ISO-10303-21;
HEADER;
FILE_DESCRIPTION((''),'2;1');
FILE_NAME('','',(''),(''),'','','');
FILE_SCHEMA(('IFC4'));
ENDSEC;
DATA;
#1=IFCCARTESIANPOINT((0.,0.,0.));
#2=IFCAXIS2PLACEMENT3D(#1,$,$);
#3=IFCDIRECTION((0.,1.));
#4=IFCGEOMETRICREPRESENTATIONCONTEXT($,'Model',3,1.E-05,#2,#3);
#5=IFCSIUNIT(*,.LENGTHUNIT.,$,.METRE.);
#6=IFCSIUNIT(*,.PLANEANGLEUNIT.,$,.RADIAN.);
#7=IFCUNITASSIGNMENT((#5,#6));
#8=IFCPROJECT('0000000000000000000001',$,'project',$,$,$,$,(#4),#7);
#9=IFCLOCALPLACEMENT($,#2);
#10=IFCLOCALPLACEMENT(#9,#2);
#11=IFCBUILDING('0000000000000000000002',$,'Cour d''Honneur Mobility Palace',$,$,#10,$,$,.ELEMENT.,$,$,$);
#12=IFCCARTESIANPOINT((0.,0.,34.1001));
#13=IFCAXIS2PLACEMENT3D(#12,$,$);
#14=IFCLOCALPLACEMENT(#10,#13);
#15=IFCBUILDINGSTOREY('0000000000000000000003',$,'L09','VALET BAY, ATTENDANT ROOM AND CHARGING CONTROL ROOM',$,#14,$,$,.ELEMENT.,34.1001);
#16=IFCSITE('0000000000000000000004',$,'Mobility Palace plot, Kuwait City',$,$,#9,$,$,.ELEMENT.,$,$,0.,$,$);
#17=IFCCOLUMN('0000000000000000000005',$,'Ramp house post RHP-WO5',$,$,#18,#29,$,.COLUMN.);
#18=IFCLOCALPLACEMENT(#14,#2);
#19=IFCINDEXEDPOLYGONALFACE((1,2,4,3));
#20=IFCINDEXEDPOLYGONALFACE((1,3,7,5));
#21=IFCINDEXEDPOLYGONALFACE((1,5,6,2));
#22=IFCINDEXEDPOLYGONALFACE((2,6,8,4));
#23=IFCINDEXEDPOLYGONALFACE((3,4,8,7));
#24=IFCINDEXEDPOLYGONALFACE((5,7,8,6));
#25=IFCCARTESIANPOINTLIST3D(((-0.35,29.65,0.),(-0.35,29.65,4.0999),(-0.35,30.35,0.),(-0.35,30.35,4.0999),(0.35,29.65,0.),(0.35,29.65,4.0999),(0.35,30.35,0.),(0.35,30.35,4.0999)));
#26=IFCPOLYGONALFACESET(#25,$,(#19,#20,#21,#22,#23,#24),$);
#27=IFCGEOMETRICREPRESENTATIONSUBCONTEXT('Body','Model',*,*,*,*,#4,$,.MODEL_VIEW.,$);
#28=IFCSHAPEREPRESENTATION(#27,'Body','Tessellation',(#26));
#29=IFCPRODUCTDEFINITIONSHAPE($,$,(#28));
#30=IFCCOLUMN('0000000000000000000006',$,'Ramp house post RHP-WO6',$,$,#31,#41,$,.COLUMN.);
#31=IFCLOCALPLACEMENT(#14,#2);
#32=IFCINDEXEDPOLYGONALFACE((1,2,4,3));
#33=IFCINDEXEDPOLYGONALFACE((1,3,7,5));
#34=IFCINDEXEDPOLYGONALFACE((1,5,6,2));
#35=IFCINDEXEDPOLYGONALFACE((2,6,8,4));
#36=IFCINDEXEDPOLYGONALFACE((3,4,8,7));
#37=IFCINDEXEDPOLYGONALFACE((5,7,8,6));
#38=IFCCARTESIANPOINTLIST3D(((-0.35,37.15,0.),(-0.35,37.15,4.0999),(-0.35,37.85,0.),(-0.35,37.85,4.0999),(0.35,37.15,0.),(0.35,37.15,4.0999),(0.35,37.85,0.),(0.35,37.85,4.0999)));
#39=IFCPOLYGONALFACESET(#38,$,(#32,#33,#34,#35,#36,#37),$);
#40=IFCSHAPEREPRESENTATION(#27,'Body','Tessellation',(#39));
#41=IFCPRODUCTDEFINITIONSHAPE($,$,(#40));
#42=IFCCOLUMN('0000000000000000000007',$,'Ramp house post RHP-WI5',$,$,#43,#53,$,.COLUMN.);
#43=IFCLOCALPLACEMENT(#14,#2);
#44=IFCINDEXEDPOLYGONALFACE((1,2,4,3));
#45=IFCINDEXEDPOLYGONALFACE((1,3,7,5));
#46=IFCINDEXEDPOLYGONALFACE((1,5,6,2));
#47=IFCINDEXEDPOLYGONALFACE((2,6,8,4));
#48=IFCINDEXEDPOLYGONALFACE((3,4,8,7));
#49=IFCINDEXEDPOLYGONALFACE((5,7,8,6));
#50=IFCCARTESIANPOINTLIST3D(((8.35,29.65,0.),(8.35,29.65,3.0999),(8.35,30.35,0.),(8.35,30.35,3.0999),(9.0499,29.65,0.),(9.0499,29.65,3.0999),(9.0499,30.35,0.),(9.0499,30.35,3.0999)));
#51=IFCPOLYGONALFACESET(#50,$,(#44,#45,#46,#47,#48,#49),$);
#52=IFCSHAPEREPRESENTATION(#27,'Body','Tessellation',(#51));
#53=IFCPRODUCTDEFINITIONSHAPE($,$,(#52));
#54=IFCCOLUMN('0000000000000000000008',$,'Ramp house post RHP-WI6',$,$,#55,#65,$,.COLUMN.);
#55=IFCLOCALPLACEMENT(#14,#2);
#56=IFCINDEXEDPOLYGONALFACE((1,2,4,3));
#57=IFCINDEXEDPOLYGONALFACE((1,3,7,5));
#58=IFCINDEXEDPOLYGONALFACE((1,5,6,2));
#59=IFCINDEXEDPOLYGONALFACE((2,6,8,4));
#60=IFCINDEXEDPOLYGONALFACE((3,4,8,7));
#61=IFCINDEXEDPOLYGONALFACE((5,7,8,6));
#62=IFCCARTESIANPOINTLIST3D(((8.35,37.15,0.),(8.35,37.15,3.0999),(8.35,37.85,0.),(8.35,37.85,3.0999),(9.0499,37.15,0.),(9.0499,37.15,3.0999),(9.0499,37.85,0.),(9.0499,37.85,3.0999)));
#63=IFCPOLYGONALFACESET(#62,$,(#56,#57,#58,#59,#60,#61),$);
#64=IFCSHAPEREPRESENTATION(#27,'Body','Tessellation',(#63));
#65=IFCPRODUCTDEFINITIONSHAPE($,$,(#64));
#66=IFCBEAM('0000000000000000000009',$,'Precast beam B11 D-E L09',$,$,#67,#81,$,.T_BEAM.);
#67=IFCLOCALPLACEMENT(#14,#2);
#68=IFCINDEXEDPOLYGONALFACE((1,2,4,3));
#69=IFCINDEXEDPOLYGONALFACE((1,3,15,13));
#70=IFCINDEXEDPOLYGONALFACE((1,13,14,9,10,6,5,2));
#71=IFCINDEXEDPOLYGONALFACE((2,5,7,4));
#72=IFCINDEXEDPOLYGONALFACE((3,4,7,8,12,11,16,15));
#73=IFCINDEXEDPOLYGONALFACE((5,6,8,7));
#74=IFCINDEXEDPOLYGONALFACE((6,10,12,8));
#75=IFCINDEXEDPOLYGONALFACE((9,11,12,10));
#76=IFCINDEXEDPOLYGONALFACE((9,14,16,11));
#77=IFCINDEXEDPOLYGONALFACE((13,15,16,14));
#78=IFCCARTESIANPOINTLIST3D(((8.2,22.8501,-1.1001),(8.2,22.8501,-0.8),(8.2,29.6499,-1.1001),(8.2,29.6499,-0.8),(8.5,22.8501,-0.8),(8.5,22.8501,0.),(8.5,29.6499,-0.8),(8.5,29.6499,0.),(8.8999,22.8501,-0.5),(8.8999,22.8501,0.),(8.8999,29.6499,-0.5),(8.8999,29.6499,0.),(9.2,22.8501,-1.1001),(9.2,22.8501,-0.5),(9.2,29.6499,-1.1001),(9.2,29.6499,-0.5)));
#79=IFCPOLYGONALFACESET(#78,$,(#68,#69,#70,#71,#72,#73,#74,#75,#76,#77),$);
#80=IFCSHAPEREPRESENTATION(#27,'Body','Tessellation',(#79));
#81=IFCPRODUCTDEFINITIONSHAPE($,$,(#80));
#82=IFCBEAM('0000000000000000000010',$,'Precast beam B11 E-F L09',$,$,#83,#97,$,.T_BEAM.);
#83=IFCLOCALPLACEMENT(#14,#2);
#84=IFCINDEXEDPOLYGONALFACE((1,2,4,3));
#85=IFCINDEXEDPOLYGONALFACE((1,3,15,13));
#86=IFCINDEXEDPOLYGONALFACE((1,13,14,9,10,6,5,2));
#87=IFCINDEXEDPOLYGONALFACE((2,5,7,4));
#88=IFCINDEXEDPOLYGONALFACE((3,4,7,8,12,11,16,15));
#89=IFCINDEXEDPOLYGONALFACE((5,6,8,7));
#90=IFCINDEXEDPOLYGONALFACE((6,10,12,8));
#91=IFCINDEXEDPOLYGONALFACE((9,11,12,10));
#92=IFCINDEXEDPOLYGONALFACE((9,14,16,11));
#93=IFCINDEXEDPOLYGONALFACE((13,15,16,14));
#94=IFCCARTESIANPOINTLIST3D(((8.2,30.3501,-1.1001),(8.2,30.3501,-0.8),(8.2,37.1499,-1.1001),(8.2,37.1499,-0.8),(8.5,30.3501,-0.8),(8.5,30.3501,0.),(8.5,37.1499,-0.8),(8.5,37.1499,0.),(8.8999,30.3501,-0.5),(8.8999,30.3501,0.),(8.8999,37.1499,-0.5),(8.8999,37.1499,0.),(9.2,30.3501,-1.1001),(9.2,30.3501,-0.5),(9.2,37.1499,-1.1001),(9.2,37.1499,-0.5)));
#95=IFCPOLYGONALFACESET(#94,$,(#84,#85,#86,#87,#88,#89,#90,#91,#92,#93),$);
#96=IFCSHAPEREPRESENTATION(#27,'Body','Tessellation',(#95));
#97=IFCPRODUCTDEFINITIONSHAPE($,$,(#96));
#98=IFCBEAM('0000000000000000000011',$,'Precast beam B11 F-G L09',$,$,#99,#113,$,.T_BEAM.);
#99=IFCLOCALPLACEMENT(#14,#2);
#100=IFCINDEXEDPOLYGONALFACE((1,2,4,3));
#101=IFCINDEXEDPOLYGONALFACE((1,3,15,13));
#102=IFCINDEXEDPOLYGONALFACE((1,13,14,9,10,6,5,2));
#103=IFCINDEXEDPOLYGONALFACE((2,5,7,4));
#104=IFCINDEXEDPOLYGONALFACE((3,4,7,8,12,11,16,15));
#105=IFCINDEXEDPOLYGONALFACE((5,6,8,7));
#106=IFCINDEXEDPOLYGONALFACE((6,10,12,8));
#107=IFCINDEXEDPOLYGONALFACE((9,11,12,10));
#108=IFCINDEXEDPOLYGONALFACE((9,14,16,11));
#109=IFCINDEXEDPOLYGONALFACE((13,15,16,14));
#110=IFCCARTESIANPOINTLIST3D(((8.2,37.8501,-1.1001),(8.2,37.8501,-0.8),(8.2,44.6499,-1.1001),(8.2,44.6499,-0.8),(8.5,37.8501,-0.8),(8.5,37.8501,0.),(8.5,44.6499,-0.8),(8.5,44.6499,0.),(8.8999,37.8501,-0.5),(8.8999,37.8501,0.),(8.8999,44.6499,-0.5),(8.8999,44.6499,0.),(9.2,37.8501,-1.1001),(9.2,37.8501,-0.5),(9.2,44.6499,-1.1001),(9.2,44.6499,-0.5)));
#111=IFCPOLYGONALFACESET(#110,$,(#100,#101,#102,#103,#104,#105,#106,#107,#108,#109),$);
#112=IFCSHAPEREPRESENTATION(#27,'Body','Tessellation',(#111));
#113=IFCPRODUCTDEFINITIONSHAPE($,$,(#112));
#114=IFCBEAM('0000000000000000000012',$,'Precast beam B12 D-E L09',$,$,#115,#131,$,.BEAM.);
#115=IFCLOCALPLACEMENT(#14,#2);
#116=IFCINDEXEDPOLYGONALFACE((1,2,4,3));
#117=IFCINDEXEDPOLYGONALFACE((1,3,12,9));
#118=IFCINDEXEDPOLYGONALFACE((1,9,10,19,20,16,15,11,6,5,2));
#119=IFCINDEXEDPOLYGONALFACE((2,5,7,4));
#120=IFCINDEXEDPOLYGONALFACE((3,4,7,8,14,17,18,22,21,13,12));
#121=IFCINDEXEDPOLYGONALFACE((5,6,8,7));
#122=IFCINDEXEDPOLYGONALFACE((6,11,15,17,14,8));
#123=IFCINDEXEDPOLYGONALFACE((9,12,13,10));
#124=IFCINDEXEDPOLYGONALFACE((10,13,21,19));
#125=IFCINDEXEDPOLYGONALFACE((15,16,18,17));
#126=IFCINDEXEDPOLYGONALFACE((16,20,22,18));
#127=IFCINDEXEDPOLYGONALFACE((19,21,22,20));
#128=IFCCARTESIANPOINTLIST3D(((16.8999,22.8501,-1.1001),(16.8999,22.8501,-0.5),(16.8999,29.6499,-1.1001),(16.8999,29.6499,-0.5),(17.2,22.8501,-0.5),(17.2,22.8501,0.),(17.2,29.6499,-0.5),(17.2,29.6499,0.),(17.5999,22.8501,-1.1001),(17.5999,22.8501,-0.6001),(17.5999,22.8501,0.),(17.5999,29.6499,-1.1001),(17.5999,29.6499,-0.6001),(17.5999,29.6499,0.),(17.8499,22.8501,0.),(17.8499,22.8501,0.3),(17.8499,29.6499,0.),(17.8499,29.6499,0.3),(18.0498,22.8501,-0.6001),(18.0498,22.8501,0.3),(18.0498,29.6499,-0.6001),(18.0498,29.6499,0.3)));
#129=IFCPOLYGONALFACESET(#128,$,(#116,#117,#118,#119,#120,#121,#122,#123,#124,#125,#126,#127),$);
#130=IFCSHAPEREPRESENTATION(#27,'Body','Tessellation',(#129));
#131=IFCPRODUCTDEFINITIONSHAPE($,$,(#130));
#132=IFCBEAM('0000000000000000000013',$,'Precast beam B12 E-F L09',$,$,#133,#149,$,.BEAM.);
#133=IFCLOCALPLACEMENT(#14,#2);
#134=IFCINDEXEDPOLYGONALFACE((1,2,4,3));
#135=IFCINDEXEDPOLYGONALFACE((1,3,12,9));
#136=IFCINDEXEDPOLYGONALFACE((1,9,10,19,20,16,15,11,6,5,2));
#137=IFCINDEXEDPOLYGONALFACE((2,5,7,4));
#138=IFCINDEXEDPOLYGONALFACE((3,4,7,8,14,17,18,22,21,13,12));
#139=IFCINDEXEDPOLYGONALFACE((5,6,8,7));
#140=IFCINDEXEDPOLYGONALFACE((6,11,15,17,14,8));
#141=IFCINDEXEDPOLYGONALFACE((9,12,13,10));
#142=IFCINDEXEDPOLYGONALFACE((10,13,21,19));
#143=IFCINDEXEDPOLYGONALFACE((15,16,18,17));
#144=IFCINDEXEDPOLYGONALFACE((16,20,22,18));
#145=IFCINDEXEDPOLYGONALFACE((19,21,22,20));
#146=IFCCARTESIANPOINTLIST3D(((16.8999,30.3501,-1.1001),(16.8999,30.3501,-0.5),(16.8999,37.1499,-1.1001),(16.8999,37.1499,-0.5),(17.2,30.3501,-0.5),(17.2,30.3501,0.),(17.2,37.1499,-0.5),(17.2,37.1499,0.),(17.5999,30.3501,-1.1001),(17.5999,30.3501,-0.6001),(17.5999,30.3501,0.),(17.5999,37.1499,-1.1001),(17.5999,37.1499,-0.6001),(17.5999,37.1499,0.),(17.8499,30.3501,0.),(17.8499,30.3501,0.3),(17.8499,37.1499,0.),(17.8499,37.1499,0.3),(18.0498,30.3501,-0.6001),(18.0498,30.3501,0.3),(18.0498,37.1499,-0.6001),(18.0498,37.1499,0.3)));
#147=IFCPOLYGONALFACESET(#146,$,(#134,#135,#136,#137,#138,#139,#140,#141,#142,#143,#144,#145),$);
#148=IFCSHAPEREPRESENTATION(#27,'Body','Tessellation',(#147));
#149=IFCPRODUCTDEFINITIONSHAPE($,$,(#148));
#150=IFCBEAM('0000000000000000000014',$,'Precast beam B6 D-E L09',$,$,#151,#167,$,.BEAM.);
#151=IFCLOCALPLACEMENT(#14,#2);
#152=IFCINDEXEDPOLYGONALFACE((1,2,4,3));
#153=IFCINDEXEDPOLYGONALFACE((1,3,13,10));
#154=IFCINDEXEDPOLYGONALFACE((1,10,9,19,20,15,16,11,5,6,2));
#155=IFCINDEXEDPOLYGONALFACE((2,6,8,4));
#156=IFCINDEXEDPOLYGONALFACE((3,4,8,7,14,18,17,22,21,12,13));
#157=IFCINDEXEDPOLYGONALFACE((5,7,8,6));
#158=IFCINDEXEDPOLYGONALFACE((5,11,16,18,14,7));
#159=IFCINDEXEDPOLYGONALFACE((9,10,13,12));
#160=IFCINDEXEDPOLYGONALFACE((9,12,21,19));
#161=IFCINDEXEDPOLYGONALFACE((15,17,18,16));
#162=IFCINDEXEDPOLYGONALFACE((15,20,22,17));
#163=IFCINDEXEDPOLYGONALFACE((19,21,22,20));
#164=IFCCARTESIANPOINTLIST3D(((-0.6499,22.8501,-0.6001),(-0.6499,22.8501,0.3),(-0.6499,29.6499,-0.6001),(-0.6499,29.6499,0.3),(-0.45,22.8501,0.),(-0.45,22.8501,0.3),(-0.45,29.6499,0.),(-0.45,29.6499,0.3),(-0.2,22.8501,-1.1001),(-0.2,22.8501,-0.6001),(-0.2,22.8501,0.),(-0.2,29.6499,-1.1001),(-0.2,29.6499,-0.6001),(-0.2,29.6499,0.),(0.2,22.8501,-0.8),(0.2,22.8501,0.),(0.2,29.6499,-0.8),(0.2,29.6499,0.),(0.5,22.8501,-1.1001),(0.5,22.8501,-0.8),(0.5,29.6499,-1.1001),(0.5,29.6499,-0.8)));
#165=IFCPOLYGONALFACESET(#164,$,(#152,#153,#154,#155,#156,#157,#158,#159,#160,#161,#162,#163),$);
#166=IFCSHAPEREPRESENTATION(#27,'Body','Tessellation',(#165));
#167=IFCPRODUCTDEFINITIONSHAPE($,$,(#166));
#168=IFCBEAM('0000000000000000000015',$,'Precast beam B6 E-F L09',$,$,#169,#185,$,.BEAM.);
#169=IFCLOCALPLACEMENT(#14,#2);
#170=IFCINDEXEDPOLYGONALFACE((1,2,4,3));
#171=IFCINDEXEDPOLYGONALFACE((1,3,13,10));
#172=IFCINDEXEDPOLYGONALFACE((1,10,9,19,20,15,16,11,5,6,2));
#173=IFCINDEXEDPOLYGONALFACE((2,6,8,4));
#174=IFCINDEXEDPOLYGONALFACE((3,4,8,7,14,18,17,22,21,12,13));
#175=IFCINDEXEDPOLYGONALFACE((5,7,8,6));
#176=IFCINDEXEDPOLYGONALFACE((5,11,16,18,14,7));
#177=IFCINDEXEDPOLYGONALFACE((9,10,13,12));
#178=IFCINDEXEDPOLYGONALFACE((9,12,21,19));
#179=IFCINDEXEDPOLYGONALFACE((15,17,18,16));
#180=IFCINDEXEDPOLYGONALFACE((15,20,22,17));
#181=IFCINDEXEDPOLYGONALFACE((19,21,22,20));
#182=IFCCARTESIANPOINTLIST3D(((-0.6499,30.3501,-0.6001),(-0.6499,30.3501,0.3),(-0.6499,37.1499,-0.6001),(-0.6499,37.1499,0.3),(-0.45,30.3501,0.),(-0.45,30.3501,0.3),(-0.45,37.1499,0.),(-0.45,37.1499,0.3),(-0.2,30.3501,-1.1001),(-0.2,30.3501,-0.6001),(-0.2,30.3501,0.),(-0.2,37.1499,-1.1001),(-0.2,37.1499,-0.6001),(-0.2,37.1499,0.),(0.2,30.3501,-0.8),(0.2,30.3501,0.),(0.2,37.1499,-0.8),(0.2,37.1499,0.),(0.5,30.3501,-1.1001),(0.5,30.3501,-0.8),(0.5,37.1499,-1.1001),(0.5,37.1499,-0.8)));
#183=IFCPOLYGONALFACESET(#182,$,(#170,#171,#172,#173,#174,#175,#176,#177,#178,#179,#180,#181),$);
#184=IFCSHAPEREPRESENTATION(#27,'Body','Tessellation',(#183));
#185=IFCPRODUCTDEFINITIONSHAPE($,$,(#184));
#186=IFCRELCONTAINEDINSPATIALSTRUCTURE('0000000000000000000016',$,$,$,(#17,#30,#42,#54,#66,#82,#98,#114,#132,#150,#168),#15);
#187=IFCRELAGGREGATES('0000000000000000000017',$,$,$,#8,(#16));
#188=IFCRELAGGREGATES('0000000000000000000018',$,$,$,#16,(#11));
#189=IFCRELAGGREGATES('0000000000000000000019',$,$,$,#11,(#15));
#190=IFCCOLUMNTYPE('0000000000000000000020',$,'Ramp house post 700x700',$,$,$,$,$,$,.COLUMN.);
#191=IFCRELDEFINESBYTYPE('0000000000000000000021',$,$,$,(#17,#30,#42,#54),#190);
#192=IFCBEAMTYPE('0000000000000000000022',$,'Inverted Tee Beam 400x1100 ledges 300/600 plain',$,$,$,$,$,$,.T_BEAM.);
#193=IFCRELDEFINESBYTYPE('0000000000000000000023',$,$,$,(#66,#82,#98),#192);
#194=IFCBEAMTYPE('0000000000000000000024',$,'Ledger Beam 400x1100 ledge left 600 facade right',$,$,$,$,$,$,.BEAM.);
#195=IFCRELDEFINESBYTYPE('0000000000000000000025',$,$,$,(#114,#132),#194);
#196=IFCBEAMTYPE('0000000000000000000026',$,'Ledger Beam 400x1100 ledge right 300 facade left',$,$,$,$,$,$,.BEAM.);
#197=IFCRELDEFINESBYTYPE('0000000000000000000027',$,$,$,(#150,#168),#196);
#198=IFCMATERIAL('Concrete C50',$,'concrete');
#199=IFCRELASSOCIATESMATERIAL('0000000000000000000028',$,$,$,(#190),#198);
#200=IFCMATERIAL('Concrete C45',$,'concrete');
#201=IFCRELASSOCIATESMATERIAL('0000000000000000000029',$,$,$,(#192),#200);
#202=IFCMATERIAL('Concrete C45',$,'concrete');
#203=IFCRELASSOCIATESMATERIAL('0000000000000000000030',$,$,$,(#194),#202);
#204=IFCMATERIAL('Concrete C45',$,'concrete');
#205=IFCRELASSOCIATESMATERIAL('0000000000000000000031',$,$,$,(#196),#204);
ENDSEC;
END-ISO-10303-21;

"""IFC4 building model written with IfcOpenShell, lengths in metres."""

from ifc_helpers import new_model, si_unit, direction, frame, origin, origin_2d, place, context, subcontext, project, spatial, polyline, rectangle, outline, extrude, material, material_profile, profile_set, type_object, element, save


model = new_model("IFC4")

# Units and contexts
model_context = context("Model", 3, precision=1e-05, world=origin(), true_north=direction((0.0, 1.0)))
body_context = subcontext(model_context, "Body", "Model", "MODEL_VIEW")
ifc_project = project(units=[si_unit("LENGTHUNIT", "METRE"), si_unit("PLANEANGLEUNIT", "RADIAN")], contexts=[model_context])

# Site, building, storey
site_placement = place(None, origin())
site = spatial("IfcSite", under=ifc_project, at=site_placement, Name="Mobility Palace plot, Kuwait City", CompositionType="ELEMENT", RefElevation=0.0)
building_placement = place(site_placement, origin())
building = spatial("IfcBuilding", under=site, at=building_placement, Name="Cour d'Honneur Mobility Palace", CompositionType="ELEMENT")
storey_placement = place(building_placement, frame((0.0, 0.0, 34.1001)))
storey = spatial("IfcBuildingStorey", under=building, at=storey_placement, Name="L09", Description="VALET BAY, ATTENDANT ROOM AND CHARGING CONTROL ROOM", CompositionType="ELEMENT", Elevation=34.1001)

# Columns
ifc_material_1 = material(Name="Concrete C50", Category="concrete")
ifc_material_profile_1 = material_profile(ifc_material_1, rectangle(XDim=0.7, YDim=0.7, at=origin_2d()), Name="Ramp house post 700x700")
ifc_profile_set_1 = profile_set([ifc_material_profile_1], Name="Concrete C50")
column_type = type_object("IfcColumnType", Name="Ramp house post 700x700", PredefinedType="COLUMN", material=ifc_profile_set_1)
for number, where, z_axis, x_axis, name in (
    (1, (0.0, 30.0, 0.0), (0.0, 0.0, 1.0), (1.0, 0.0, 0.0), "Ramp house post RHP-WO5"),
    (2, (0.0, 37.5, 0.0), (0.0, 0.0, 1.0), (1.0, 0.0, 0.0), "Ramp house post RHP-WO6"),
):
    element("IfcColumn", number, at=place(storey_placement, frame(where, z_axis=z_axis, x_axis=x_axis)), inside=storey, type_object=column_type, Name=name, PredefinedType="COLUMN", context=body_context, shape_type="SweptSolid", body=[
        extrude(rectangle(XDim=0.7, YDim=0.7, at=origin_2d()), origin(), (0.0, 0.0, 1.0), 4.0999),
    ])
for number, where, z_axis, x_axis, name in (
    (3, (8.7, 30.0, 0.0), (0.0, 0.0, 1.0), (1.0, 0.0, 0.0), "Ramp house post RHP-WI5"),
    (4, (8.7, 37.5, 0.0), (0.0, 0.0, 1.0), (1.0, 0.0, 0.0), "Ramp house post RHP-WI6"),
):
    element("IfcColumn", number, at=place(storey_placement, frame(where, z_axis=z_axis, x_axis=x_axis)), inside=storey, type_object=column_type, Name=name, PredefinedType="COLUMN", context=body_context, shape_type="SweptSolid", body=[
        extrude(rectangle(XDim=0.7, YDim=0.7, at=origin_2d()), origin(), (0.0, 0.0, 1.0), 3.0999),
    ])

# Beams
ifc_material_2 = material(Name="Concrete C45", Category="concrete")
ifc_material_profile_2 = material_profile(ifc_material_2, outline(polyline([(0.5, -1.1001), (0.5, -0.8), (0.2, -0.8), (0.2, 0.0), (-0.2, 0.0), (-0.2, -0.5), (-0.5, -0.5), (-0.5, -1.1001), (0.5, -1.1001)])), Name="Inverted Tee Beam 400x1100 ledges 300/600 plain")
ifc_profile_set_2 = profile_set([ifc_material_profile_2], Name="Concrete C45")
beam_type_1 = type_object("IfcBeamType", Name="Inverted Tee Beam 400x1100 ledges 300/600 plain", PredefinedType="T_BEAM", material=ifc_profile_set_2)
for number, where, z_axis, x_axis, name in (
    (5, (8.7, 22.8501, 0.0), (0.0, 1.0, 0.0), (-1.0, 0.0, 0.0), "Precast beam B11 D-E L09"),
    (6, (8.7, 30.3501, 0.0), (0.0, 1.0, 0.0), (-1.0, 0.0, 0.0), "Precast beam B11 E-F L09"),
    (7, (8.7, 37.8501, 0.0), (0.0, 1.0, 0.0), (-1.0, 0.0, 0.0), "Precast beam B11 F-G L09"),
):
    element("IfcBeam", number, at=place(storey_placement, frame(where, z_axis=z_axis, x_axis=x_axis)), inside=storey, type_object=beam_type_1, Name=name, PredefinedType="T_BEAM", context=body_context, shape_type="SweptSolid", body=[
        extrude(outline(polyline([(0.5, -1.1001), (0.5, -0.8), (0.2, -0.8), (0.2, 0.0), (-0.2, 0.0), (-0.2, -0.5), (-0.5, -0.5), (-0.5, -1.1001), (0.5, -1.1001)])), origin(), (0.0, 0.0, 1.0), 6.7998),
    ])
ifc_material_3 = material(Name="Concrete C45", Category="concrete")
ifc_material_profile_3 = material_profile(ifc_material_3, outline(polyline([(0.5, -1.1001), (0.5, -0.5), (0.2, -0.5), (0.2, 0.0), (-0.2, 0.0), (-0.45, 0.0), (-0.45, 0.3), (-0.6499, 0.3), (-0.6499, -0.6001), (-0.2, -0.6001), (-0.2, -1.1001), (0.5, -1.1001)])), Name="Ledger Beam 400x1100 ledge left 600 facade right")
ifc_profile_set_3 = profile_set([ifc_material_profile_3], Name="Concrete C45")
beam_type_2 = type_object("IfcBeamType", Name="Ledger Beam 400x1100 ledge left 600 facade right", PredefinedType="BEAM", material=ifc_profile_set_3)
for number, where, z_axis, x_axis, name in (
    (8, (17.3999, 22.8501, 0.0), (0.0, 1.0, 0.0), (-1.0, 0.0, 0.0), "Precast beam B12 D-E L09"),
    (9, (17.3999, 30.3501, 0.0), (0.0, 1.0, 0.0), (-1.0, 0.0, 0.0), "Precast beam B12 E-F L09"),
):
    element("IfcBeam", number, at=place(storey_placement, frame(where, z_axis=z_axis, x_axis=x_axis)), inside=storey, type_object=beam_type_2, Name=name, PredefinedType="BEAM", context=body_context, shape_type="SweptSolid", body=[
        extrude(outline(polyline([(0.5, -1.1001), (0.5, -0.5), (0.2, -0.5), (0.2, 0.0), (-0.2, 0.0), (-0.45, 0.0), (-0.45, 0.3), (-0.6499, 0.3), (-0.6499, -0.6001), (-0.2, -0.6001), (-0.2, -1.1001), (0.5, -1.1001)])), origin(), (0.0, 0.0, 1.0), 6.7998),
    ])
ifc_material_4 = material(Name="Concrete C45", Category="concrete")
ifc_material_profile_4 = material_profile(ifc_material_4, outline(polyline([(0.2, -1.1001), (0.2, -0.6001), (0.6499, -0.6001), (0.6499, 0.3), (0.45, 0.3), (0.45, 0.0), (0.2, 0.0), (-0.2, 0.0), (-0.2, -0.8), (-0.5, -0.8), (-0.5, -1.1001), (0.2, -1.1001)])), Name="Ledger Beam 400x1100 ledge right 300 facade left")
ifc_profile_set_4 = profile_set([ifc_material_profile_4], Name="Concrete C45")
beam_type_3 = type_object("IfcBeamType", Name="Ledger Beam 400x1100 ledge right 300 facade left", PredefinedType="BEAM", material=ifc_profile_set_4)
for number, where, z_axis, x_axis, name in (
    (10, (0.0, 22.8501, 0.0), (0.0, 1.0, 0.0), (-1.0, 0.0, 0.0), "Precast beam B6 D-E L09"),
    (11, (0.0, 30.3501, 0.0), (0.0, 1.0, 0.0), (-1.0, 0.0, 0.0), "Precast beam B6 E-F L09"),
):
    element("IfcBeam", number, at=place(storey_placement, frame(where, z_axis=z_axis, x_axis=x_axis)), inside=storey, type_object=beam_type_3, Name=name, PredefinedType="BEAM", context=body_context, shape_type="SweptSolid", body=[
        extrude(outline(polyline([(0.2, -1.1001), (0.2, -0.6001), (0.6499, -0.6001), (0.6499, 0.3), (0.45, 0.3), (0.45, 0.0), (0.2, 0.0), (-0.2, 0.0), (-0.2, -0.8), (-0.5, -0.8), (-0.5, -1.1001), (0.2, -1.1001)])), origin(), (0.0, 0.0, 1.0), 6.7998),
    ])

save(model, "model.ifc")
